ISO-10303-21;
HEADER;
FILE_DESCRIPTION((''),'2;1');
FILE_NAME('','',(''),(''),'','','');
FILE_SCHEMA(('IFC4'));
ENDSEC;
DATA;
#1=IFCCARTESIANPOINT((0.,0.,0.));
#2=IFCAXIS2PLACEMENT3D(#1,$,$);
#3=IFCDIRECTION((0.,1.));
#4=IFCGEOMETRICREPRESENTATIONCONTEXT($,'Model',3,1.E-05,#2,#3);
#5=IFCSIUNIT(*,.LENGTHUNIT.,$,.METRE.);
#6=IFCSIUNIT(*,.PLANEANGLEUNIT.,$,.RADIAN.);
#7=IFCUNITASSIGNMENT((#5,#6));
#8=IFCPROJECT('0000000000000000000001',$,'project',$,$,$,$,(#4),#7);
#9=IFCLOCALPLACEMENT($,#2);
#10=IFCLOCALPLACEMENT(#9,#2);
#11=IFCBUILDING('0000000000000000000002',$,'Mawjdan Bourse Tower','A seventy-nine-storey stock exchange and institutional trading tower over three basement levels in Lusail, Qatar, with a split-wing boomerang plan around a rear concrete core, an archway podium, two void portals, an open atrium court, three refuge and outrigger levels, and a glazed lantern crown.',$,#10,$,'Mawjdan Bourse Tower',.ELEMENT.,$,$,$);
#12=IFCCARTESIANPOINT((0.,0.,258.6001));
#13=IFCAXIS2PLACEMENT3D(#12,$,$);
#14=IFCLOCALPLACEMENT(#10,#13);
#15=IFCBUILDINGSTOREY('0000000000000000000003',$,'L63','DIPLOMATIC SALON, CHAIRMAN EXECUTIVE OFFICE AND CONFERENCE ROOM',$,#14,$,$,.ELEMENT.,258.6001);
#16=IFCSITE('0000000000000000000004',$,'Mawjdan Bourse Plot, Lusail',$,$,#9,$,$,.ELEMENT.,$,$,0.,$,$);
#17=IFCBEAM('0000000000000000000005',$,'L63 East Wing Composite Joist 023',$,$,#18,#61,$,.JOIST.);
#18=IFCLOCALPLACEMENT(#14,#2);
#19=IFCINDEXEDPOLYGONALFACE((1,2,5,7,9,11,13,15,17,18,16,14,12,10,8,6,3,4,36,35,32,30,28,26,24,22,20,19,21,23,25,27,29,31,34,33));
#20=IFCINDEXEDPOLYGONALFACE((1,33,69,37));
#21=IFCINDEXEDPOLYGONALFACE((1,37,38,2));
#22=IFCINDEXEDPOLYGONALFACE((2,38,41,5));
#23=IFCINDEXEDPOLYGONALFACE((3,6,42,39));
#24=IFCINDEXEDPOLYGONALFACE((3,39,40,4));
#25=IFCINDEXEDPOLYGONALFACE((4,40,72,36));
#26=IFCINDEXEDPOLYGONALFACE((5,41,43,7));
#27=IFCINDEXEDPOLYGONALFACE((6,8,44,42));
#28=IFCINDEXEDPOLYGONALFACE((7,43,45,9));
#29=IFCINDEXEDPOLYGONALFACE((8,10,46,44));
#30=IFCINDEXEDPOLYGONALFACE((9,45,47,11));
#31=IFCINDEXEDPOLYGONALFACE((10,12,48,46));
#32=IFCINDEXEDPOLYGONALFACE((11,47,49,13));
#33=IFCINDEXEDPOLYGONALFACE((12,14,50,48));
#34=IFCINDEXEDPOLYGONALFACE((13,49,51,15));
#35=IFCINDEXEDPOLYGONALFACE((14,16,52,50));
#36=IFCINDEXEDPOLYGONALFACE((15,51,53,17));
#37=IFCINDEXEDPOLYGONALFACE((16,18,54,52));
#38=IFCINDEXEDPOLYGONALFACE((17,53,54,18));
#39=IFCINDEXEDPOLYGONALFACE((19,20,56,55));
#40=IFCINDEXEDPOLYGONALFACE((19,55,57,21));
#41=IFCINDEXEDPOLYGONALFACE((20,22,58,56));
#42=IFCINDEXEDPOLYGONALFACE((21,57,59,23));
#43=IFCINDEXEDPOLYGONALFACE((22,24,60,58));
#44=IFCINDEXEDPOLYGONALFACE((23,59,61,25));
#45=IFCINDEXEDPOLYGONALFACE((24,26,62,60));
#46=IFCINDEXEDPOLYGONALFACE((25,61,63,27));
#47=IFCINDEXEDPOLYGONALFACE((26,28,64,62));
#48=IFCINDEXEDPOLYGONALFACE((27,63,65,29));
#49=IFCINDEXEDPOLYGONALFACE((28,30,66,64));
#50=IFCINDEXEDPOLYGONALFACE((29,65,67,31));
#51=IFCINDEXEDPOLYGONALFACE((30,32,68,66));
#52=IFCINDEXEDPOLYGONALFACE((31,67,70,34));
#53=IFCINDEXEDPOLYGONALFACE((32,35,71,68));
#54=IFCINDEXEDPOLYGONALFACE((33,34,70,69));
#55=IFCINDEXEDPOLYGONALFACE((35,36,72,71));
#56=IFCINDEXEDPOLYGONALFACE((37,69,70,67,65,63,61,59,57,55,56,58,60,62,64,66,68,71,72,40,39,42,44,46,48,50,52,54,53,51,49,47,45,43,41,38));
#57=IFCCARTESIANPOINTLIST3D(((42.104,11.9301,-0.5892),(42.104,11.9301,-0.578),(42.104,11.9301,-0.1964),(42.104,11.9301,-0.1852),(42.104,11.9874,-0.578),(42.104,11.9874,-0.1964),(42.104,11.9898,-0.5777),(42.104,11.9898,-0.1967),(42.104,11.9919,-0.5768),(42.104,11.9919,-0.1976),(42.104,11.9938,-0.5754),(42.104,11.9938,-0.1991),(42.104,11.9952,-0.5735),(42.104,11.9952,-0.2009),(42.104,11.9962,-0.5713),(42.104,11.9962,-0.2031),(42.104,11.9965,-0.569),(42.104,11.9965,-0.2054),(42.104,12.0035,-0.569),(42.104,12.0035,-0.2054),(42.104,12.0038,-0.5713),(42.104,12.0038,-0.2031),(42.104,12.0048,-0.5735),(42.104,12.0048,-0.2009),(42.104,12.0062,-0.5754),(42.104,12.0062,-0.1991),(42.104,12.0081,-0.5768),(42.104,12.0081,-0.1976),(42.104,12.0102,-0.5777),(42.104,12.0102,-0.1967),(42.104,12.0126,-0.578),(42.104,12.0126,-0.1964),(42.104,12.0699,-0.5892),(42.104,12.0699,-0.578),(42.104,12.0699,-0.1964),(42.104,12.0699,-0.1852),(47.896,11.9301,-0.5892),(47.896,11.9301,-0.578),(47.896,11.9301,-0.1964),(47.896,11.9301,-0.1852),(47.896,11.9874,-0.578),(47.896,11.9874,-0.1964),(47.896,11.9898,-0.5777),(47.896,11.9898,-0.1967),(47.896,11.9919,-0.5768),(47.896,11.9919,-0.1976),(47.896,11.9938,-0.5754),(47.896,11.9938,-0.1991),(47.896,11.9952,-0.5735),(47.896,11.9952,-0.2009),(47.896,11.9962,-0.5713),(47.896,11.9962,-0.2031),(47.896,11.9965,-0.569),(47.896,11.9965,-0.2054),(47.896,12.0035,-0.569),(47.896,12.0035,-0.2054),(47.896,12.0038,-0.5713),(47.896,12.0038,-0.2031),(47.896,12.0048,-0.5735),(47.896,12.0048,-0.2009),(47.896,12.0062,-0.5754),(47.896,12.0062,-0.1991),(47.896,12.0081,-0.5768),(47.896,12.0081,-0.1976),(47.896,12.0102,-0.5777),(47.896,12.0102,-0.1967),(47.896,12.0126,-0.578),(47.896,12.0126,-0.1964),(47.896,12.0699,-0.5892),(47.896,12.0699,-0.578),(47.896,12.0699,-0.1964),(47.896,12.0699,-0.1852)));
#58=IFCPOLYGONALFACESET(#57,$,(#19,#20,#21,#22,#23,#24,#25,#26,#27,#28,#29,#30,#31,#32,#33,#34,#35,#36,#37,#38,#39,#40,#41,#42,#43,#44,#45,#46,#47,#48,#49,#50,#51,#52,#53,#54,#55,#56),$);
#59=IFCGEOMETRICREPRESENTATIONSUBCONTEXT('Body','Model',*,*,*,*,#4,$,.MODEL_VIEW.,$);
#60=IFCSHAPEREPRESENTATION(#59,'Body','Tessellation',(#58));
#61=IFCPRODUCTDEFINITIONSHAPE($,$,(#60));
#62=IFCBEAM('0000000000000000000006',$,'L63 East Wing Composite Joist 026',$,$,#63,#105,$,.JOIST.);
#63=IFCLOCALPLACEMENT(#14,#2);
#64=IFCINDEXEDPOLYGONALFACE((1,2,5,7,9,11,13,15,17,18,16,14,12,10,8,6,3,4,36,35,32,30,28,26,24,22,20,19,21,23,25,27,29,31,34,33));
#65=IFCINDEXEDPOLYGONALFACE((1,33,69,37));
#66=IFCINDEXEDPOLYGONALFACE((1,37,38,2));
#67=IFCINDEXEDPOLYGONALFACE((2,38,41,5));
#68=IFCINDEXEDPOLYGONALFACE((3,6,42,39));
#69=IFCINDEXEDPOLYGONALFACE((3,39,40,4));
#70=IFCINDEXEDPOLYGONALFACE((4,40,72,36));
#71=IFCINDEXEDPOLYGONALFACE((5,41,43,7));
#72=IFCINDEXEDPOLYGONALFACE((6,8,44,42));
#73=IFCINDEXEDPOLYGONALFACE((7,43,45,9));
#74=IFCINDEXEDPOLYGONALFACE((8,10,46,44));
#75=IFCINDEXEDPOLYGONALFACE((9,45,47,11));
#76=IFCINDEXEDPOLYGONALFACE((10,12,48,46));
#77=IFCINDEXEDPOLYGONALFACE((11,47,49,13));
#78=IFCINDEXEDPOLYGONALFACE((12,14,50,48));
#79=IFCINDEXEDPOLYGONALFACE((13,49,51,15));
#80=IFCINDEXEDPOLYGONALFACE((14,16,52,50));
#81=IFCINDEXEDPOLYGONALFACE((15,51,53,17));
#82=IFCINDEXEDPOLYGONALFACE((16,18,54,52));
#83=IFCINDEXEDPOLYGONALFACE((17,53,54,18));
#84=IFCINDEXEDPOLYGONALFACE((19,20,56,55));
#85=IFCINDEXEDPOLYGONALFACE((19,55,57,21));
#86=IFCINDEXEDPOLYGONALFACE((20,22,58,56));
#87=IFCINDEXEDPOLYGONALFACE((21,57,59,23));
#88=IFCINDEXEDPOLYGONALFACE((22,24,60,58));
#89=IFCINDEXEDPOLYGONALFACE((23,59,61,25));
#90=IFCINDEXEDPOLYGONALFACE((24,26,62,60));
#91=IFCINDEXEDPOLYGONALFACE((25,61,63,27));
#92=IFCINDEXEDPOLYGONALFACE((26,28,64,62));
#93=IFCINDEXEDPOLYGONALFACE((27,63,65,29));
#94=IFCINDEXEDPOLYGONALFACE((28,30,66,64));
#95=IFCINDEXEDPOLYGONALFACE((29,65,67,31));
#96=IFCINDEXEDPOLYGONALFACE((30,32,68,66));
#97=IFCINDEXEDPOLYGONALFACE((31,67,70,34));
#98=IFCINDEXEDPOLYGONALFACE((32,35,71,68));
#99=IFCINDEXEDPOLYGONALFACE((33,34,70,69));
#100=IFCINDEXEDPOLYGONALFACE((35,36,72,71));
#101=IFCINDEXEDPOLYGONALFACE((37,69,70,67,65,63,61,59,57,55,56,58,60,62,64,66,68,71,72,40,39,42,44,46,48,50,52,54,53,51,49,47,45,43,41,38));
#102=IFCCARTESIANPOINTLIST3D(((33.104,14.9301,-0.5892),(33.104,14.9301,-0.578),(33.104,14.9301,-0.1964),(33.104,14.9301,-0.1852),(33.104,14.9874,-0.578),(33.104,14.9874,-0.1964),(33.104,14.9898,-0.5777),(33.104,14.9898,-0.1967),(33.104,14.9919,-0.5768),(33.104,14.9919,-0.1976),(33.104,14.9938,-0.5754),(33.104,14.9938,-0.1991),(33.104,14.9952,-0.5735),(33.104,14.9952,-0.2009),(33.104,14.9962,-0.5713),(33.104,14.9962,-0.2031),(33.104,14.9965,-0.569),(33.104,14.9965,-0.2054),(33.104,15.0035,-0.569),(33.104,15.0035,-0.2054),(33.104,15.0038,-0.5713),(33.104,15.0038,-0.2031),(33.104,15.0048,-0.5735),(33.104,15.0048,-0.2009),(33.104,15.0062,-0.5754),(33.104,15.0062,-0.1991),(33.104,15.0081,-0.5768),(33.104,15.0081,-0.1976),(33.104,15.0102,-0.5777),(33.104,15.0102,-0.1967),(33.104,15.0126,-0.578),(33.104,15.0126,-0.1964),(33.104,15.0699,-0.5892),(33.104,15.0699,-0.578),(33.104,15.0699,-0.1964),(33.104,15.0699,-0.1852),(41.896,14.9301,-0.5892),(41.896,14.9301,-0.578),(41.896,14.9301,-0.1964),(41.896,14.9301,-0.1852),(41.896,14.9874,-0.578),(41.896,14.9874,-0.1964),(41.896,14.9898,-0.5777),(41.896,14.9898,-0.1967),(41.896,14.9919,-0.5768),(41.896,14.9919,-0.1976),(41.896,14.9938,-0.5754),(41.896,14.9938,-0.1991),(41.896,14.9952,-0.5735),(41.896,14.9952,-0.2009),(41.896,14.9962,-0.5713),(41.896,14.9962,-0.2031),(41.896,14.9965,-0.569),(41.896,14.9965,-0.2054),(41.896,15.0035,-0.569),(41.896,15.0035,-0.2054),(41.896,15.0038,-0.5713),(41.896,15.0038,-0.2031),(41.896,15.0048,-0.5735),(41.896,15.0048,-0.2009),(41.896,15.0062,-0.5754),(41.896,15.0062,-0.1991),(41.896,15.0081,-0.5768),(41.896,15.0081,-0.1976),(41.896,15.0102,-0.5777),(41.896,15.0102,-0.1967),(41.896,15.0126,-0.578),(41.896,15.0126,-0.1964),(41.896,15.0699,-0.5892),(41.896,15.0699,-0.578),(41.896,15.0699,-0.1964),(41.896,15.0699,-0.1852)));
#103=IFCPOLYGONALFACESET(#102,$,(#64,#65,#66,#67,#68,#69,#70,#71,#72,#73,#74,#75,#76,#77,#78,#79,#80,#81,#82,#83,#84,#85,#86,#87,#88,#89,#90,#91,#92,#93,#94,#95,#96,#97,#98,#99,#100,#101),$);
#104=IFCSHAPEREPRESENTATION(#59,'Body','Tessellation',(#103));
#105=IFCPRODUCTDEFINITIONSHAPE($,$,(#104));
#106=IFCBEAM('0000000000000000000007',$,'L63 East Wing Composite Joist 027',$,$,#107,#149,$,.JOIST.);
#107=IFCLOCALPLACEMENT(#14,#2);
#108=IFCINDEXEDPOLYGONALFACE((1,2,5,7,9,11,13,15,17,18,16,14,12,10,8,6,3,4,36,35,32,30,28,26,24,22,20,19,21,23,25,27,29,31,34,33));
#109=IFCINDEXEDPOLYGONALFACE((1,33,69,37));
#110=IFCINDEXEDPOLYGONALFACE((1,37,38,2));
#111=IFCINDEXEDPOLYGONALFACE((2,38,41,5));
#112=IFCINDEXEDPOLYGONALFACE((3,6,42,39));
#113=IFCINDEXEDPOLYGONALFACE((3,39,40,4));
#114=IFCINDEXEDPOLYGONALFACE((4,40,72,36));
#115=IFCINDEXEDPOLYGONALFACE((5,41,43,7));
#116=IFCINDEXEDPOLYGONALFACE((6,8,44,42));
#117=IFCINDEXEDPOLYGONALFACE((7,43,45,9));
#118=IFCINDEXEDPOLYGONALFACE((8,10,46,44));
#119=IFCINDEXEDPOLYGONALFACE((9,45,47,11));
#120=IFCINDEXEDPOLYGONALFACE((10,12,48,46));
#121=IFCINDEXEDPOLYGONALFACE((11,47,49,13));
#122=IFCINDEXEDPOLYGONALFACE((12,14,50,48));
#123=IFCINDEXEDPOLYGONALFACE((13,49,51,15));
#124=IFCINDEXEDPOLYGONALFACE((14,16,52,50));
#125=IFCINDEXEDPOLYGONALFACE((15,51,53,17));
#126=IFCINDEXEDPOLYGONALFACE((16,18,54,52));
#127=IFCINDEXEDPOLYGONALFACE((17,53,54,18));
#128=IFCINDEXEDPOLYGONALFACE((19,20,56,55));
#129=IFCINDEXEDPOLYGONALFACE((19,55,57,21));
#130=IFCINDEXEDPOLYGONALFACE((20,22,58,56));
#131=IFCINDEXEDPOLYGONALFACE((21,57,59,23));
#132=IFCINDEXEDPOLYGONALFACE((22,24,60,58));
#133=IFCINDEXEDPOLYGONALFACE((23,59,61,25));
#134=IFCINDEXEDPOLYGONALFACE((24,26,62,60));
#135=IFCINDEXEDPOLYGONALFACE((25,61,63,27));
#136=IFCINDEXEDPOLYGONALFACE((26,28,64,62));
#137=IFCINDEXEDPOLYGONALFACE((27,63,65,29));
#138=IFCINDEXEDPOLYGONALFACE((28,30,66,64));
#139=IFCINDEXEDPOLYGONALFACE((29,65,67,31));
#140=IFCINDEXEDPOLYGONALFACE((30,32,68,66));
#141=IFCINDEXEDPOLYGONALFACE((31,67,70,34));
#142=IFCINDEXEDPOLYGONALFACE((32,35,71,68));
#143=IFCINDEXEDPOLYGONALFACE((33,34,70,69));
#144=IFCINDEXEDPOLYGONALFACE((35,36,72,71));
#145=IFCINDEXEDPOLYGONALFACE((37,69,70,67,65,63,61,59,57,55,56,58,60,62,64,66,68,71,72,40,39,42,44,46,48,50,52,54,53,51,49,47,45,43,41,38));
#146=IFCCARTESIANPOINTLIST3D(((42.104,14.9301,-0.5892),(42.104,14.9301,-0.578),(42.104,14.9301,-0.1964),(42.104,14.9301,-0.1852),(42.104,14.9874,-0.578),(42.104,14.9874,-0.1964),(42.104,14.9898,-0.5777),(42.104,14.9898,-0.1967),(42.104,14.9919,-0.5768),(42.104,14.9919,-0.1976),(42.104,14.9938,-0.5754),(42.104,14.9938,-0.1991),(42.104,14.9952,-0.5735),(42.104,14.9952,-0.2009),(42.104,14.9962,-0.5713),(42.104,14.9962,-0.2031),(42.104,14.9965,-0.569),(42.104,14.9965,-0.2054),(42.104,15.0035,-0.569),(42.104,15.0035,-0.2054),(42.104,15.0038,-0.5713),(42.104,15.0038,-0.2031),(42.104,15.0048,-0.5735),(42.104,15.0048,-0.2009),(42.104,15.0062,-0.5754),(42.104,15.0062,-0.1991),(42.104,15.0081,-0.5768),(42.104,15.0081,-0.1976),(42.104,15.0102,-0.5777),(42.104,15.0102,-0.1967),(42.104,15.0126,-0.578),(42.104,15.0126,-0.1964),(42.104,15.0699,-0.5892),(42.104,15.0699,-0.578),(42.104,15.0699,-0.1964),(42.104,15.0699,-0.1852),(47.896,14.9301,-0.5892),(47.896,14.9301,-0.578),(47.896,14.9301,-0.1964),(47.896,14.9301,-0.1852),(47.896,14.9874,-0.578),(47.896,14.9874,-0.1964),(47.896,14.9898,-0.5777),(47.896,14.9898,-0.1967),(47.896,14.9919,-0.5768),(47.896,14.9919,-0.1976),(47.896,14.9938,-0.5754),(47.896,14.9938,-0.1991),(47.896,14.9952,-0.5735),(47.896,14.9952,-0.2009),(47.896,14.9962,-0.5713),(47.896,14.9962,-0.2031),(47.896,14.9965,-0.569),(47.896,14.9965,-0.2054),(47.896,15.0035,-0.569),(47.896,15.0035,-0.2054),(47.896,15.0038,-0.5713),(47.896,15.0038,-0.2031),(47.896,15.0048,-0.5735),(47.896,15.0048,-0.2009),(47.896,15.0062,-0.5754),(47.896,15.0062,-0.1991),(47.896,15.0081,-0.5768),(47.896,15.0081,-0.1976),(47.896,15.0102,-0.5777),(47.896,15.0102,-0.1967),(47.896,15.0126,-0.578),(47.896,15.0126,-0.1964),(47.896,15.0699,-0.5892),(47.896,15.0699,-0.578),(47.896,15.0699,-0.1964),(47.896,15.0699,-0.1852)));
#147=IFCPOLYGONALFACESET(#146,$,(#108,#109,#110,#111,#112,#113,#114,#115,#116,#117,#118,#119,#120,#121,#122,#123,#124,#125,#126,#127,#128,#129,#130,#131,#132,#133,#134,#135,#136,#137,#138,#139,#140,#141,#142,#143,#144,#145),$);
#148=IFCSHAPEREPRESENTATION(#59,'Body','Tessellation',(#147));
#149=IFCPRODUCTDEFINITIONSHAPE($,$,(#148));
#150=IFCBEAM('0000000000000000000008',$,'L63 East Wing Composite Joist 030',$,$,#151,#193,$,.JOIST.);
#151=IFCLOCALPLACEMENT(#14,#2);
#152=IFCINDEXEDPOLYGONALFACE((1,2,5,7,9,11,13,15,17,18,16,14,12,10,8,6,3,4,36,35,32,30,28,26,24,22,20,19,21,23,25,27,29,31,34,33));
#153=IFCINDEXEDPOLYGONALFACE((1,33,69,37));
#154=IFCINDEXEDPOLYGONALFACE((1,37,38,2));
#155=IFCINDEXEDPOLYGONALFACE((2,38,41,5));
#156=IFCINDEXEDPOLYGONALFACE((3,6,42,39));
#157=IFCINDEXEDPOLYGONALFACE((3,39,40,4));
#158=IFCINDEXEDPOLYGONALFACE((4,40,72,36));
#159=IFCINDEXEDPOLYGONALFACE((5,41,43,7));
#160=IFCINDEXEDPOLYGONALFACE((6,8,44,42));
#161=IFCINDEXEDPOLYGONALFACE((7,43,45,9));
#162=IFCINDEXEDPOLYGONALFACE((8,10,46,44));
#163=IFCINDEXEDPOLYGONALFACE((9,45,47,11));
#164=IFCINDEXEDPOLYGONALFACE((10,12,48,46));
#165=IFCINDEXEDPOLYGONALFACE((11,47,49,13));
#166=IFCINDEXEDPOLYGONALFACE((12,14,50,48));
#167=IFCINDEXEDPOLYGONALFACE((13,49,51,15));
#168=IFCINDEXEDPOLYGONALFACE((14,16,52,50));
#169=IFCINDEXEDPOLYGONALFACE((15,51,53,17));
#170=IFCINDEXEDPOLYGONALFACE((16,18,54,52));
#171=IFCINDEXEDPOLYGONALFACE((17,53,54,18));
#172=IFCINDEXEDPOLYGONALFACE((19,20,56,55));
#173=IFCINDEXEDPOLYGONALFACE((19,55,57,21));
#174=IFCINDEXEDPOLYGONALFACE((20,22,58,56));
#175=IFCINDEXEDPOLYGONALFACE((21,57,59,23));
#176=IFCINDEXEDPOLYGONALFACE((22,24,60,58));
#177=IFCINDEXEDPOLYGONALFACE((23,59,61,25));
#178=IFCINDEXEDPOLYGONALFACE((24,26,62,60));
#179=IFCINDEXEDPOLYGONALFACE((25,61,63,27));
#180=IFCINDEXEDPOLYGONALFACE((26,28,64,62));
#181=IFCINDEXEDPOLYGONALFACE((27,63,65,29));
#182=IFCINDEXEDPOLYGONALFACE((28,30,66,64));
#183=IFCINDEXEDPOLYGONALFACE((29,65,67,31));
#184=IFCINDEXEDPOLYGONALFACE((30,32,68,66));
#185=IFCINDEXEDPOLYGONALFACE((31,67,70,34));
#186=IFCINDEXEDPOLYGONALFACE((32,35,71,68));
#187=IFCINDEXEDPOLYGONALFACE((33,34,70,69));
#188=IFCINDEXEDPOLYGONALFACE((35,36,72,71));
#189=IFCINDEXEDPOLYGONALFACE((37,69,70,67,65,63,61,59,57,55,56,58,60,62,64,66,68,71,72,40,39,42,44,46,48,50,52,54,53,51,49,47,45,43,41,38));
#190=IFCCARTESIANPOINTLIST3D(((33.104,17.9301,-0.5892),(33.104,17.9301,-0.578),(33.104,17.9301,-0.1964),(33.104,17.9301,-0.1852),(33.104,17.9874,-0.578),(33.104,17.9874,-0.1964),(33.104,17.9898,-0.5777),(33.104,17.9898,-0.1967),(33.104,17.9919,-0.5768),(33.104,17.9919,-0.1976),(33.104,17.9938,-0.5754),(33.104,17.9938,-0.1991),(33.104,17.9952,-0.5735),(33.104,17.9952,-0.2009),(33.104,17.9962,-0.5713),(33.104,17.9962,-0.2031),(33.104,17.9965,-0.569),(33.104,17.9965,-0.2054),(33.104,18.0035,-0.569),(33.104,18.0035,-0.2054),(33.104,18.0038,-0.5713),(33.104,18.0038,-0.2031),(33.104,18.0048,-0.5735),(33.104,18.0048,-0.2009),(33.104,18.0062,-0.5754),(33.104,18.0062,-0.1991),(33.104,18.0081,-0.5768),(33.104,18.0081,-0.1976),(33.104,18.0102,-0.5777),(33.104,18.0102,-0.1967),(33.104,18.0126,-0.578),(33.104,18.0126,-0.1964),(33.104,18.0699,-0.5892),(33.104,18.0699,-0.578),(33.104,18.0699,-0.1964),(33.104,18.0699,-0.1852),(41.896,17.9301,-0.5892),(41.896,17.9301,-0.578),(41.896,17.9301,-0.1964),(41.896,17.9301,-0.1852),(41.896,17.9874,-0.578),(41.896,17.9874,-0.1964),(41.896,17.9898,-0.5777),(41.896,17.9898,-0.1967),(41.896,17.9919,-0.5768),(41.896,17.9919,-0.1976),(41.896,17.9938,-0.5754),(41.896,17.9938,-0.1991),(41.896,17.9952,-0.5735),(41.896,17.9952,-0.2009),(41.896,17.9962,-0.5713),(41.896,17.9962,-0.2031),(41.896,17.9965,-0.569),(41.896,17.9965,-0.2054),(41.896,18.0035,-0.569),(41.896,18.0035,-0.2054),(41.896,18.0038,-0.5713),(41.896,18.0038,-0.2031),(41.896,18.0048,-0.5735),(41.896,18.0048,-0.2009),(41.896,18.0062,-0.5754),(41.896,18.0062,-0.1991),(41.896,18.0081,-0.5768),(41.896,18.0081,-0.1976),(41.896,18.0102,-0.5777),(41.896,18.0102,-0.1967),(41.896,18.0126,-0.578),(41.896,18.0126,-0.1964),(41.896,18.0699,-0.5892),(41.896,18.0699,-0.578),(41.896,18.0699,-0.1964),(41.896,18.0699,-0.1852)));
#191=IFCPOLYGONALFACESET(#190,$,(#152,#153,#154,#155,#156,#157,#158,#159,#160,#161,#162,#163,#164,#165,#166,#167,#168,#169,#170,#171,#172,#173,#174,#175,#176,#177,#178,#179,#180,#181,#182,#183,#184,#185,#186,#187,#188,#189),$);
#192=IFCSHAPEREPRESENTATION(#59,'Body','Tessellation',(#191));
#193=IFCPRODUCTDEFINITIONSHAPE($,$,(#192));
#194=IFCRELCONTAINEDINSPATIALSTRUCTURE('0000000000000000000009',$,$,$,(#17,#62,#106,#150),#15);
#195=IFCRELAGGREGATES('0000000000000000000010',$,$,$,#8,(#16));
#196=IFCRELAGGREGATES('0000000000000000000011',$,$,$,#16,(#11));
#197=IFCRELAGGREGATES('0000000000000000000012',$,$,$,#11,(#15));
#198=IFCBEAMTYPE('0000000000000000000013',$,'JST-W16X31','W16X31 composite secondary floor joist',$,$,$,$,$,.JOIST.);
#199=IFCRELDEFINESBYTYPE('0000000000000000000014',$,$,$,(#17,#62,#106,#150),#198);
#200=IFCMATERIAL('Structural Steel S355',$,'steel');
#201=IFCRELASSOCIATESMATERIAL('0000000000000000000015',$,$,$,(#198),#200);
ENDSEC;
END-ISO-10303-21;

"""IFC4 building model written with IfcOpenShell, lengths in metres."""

from ifc_helpers import new_model, si_unit, direction, frame, origin, origin_2d, place, context, subcontext, project, spatial, i_section, extrude, material, material_profile, profile_set, type_object, element, save


model = new_model("IFC4")

# Units and contexts
model_context = context("Model", 3, precision=1e-05, world=origin(), true_north=direction((0.0, 1.0)))
body_context = subcontext(model_context, "Body", "Model", "MODEL_VIEW")
ifc_project = project(units=[si_unit("LENGTHUNIT", "METRE"), si_unit("PLANEANGLEUNIT", "RADIAN")], contexts=[model_context])

# Site, building, storey
site_placement = place(None, origin())
site = spatial("IfcSite", under=ifc_project, at=site_placement, Name="Mawjdan Bourse Plot, Lusail", CompositionType="ELEMENT", RefElevation=0.0)
building_placement = place(site_placement, origin())
building = spatial("IfcBuilding", under=site, at=building_placement, Name="Mawjdan Bourse Tower", Description="A seventy-nine-storey stock exchange and institutional trading tower over three basement levels in Lusail, Qatar, with a split-wing boomerang plan around a rear concrete core, an archway podium, two void portals, an open atrium court, three refuge and outrigger levels, and a glazed lantern crown.", LongName="Mawjdan Bourse Tower", CompositionType="ELEMENT")
storey_placement = place(building_placement, frame((0.0, 0.0, 258.6001)))
storey = spatial("IfcBuildingStorey", under=building, at=storey_placement, Name="L63", Description="DIPLOMATIC SALON, CHAIRMAN EXECUTIVE OFFICE AND CONFERENCE ROOM", CompositionType="ELEMENT", Elevation=258.6001)

# Beams
ifc_material_1 = material(Name="Structural Steel S355", Category="steel")
ifc_material_profile_1 = material_profile(ifc_material_1, i_section(OverallWidth=0.1399, OverallDepth=0.4041, WebThickness=0.0071, FlangeThickness=0.0112, FilletRadius=0.009, at=origin_2d()), Name="W16X31")
ifc_profile_set_1 = profile_set([ifc_material_profile_1], Name="Structural Steel S355")
beam_type_1 = type_object("IfcBeamType", Name="JST-W16X31", Description="W16X31 composite secondary floor joist", PredefinedType="JOIST", material=ifc_profile_set_1)
for number, where, z_axis, x_axis, name in (
    (1, (42.104, 12.0, -0.3872), (1.0, 0.0, 0.0), (0.0, 1.0, 0.0), "L63 East Wing Composite Joist 023"),
):
    element("IfcBeam", number, at=place(storey_placement, frame(where, z_axis=z_axis, x_axis=x_axis)), inside=storey, type_object=beam_type_1, Name=name, PredefinedType="JOIST", context=body_context, shape_type="SweptSolid", body=[
        extrude(i_section(OverallWidth=0.1399, OverallDepth=0.4041, WebThickness=0.0071, FlangeThickness=0.0112, FilletRadius=0.009, at=origin_2d()), origin(), (0.0, 0.0, 1.0), 5.792),
    ])
beam_1_placement = place(storey_placement, frame((33.104, 15.0, -0.3872), z_axis=(1.0, 0.0, 0.0), x_axis=(0.0, 1.0, 0.0)))
element("IfcBeam", 2, at=beam_1_placement, inside=storey, type_object=beam_type_1, Name="L63 East Wing Composite Joist 026", PredefinedType="JOIST", context=body_context, shape_type="SweptSolid", body=[
    extrude(i_section(OverallWidth=0.1399, OverallDepth=0.4041, WebThickness=0.0071, FlangeThickness=0.0112, FilletRadius=0.009, at=origin_2d()), origin(), (0.0, 0.0, 1.0), 8.792),
])
beam_2_placement = place(storey_placement, frame((42.104, 15.0, -0.3872), z_axis=(1.0, 0.0, 0.0), x_axis=(0.0, 1.0, 0.0)))
element("IfcBeam", 3, at=beam_2_placement, inside=storey, type_object=beam_type_1, Name="L63 East Wing Composite Joist 027", PredefinedType="JOIST", context=body_context, shape_type="SweptSolid", body=[
    extrude(i_section(OverallWidth=0.1399, OverallDepth=0.4041, WebThickness=0.0071, FlangeThickness=0.0112, FilletRadius=0.009, at=origin_2d()), origin(), (0.0, 0.0, 1.0), 5.792),
])
beam_3_placement = place(storey_placement, frame((33.104, 18.0, -0.3872), z_axis=(1.0, 0.0, 0.0), x_axis=(0.0, 1.0, 0.0)))
element("IfcBeam", 4, at=beam_3_placement, inside=storey, type_object=beam_type_1, Name="L63 East Wing Composite Joist 030", PredefinedType="JOIST", context=body_context, shape_type="SweptSolid", body=[
    extrude(i_section(OverallWidth=0.1399, OverallDepth=0.4041, WebThickness=0.0071, FlangeThickness=0.0112, FilletRadius=0.009, at=origin_2d()), origin(), (0.0, 0.0, 1.0), 8.792),
])

save(model, "model.ifc")
